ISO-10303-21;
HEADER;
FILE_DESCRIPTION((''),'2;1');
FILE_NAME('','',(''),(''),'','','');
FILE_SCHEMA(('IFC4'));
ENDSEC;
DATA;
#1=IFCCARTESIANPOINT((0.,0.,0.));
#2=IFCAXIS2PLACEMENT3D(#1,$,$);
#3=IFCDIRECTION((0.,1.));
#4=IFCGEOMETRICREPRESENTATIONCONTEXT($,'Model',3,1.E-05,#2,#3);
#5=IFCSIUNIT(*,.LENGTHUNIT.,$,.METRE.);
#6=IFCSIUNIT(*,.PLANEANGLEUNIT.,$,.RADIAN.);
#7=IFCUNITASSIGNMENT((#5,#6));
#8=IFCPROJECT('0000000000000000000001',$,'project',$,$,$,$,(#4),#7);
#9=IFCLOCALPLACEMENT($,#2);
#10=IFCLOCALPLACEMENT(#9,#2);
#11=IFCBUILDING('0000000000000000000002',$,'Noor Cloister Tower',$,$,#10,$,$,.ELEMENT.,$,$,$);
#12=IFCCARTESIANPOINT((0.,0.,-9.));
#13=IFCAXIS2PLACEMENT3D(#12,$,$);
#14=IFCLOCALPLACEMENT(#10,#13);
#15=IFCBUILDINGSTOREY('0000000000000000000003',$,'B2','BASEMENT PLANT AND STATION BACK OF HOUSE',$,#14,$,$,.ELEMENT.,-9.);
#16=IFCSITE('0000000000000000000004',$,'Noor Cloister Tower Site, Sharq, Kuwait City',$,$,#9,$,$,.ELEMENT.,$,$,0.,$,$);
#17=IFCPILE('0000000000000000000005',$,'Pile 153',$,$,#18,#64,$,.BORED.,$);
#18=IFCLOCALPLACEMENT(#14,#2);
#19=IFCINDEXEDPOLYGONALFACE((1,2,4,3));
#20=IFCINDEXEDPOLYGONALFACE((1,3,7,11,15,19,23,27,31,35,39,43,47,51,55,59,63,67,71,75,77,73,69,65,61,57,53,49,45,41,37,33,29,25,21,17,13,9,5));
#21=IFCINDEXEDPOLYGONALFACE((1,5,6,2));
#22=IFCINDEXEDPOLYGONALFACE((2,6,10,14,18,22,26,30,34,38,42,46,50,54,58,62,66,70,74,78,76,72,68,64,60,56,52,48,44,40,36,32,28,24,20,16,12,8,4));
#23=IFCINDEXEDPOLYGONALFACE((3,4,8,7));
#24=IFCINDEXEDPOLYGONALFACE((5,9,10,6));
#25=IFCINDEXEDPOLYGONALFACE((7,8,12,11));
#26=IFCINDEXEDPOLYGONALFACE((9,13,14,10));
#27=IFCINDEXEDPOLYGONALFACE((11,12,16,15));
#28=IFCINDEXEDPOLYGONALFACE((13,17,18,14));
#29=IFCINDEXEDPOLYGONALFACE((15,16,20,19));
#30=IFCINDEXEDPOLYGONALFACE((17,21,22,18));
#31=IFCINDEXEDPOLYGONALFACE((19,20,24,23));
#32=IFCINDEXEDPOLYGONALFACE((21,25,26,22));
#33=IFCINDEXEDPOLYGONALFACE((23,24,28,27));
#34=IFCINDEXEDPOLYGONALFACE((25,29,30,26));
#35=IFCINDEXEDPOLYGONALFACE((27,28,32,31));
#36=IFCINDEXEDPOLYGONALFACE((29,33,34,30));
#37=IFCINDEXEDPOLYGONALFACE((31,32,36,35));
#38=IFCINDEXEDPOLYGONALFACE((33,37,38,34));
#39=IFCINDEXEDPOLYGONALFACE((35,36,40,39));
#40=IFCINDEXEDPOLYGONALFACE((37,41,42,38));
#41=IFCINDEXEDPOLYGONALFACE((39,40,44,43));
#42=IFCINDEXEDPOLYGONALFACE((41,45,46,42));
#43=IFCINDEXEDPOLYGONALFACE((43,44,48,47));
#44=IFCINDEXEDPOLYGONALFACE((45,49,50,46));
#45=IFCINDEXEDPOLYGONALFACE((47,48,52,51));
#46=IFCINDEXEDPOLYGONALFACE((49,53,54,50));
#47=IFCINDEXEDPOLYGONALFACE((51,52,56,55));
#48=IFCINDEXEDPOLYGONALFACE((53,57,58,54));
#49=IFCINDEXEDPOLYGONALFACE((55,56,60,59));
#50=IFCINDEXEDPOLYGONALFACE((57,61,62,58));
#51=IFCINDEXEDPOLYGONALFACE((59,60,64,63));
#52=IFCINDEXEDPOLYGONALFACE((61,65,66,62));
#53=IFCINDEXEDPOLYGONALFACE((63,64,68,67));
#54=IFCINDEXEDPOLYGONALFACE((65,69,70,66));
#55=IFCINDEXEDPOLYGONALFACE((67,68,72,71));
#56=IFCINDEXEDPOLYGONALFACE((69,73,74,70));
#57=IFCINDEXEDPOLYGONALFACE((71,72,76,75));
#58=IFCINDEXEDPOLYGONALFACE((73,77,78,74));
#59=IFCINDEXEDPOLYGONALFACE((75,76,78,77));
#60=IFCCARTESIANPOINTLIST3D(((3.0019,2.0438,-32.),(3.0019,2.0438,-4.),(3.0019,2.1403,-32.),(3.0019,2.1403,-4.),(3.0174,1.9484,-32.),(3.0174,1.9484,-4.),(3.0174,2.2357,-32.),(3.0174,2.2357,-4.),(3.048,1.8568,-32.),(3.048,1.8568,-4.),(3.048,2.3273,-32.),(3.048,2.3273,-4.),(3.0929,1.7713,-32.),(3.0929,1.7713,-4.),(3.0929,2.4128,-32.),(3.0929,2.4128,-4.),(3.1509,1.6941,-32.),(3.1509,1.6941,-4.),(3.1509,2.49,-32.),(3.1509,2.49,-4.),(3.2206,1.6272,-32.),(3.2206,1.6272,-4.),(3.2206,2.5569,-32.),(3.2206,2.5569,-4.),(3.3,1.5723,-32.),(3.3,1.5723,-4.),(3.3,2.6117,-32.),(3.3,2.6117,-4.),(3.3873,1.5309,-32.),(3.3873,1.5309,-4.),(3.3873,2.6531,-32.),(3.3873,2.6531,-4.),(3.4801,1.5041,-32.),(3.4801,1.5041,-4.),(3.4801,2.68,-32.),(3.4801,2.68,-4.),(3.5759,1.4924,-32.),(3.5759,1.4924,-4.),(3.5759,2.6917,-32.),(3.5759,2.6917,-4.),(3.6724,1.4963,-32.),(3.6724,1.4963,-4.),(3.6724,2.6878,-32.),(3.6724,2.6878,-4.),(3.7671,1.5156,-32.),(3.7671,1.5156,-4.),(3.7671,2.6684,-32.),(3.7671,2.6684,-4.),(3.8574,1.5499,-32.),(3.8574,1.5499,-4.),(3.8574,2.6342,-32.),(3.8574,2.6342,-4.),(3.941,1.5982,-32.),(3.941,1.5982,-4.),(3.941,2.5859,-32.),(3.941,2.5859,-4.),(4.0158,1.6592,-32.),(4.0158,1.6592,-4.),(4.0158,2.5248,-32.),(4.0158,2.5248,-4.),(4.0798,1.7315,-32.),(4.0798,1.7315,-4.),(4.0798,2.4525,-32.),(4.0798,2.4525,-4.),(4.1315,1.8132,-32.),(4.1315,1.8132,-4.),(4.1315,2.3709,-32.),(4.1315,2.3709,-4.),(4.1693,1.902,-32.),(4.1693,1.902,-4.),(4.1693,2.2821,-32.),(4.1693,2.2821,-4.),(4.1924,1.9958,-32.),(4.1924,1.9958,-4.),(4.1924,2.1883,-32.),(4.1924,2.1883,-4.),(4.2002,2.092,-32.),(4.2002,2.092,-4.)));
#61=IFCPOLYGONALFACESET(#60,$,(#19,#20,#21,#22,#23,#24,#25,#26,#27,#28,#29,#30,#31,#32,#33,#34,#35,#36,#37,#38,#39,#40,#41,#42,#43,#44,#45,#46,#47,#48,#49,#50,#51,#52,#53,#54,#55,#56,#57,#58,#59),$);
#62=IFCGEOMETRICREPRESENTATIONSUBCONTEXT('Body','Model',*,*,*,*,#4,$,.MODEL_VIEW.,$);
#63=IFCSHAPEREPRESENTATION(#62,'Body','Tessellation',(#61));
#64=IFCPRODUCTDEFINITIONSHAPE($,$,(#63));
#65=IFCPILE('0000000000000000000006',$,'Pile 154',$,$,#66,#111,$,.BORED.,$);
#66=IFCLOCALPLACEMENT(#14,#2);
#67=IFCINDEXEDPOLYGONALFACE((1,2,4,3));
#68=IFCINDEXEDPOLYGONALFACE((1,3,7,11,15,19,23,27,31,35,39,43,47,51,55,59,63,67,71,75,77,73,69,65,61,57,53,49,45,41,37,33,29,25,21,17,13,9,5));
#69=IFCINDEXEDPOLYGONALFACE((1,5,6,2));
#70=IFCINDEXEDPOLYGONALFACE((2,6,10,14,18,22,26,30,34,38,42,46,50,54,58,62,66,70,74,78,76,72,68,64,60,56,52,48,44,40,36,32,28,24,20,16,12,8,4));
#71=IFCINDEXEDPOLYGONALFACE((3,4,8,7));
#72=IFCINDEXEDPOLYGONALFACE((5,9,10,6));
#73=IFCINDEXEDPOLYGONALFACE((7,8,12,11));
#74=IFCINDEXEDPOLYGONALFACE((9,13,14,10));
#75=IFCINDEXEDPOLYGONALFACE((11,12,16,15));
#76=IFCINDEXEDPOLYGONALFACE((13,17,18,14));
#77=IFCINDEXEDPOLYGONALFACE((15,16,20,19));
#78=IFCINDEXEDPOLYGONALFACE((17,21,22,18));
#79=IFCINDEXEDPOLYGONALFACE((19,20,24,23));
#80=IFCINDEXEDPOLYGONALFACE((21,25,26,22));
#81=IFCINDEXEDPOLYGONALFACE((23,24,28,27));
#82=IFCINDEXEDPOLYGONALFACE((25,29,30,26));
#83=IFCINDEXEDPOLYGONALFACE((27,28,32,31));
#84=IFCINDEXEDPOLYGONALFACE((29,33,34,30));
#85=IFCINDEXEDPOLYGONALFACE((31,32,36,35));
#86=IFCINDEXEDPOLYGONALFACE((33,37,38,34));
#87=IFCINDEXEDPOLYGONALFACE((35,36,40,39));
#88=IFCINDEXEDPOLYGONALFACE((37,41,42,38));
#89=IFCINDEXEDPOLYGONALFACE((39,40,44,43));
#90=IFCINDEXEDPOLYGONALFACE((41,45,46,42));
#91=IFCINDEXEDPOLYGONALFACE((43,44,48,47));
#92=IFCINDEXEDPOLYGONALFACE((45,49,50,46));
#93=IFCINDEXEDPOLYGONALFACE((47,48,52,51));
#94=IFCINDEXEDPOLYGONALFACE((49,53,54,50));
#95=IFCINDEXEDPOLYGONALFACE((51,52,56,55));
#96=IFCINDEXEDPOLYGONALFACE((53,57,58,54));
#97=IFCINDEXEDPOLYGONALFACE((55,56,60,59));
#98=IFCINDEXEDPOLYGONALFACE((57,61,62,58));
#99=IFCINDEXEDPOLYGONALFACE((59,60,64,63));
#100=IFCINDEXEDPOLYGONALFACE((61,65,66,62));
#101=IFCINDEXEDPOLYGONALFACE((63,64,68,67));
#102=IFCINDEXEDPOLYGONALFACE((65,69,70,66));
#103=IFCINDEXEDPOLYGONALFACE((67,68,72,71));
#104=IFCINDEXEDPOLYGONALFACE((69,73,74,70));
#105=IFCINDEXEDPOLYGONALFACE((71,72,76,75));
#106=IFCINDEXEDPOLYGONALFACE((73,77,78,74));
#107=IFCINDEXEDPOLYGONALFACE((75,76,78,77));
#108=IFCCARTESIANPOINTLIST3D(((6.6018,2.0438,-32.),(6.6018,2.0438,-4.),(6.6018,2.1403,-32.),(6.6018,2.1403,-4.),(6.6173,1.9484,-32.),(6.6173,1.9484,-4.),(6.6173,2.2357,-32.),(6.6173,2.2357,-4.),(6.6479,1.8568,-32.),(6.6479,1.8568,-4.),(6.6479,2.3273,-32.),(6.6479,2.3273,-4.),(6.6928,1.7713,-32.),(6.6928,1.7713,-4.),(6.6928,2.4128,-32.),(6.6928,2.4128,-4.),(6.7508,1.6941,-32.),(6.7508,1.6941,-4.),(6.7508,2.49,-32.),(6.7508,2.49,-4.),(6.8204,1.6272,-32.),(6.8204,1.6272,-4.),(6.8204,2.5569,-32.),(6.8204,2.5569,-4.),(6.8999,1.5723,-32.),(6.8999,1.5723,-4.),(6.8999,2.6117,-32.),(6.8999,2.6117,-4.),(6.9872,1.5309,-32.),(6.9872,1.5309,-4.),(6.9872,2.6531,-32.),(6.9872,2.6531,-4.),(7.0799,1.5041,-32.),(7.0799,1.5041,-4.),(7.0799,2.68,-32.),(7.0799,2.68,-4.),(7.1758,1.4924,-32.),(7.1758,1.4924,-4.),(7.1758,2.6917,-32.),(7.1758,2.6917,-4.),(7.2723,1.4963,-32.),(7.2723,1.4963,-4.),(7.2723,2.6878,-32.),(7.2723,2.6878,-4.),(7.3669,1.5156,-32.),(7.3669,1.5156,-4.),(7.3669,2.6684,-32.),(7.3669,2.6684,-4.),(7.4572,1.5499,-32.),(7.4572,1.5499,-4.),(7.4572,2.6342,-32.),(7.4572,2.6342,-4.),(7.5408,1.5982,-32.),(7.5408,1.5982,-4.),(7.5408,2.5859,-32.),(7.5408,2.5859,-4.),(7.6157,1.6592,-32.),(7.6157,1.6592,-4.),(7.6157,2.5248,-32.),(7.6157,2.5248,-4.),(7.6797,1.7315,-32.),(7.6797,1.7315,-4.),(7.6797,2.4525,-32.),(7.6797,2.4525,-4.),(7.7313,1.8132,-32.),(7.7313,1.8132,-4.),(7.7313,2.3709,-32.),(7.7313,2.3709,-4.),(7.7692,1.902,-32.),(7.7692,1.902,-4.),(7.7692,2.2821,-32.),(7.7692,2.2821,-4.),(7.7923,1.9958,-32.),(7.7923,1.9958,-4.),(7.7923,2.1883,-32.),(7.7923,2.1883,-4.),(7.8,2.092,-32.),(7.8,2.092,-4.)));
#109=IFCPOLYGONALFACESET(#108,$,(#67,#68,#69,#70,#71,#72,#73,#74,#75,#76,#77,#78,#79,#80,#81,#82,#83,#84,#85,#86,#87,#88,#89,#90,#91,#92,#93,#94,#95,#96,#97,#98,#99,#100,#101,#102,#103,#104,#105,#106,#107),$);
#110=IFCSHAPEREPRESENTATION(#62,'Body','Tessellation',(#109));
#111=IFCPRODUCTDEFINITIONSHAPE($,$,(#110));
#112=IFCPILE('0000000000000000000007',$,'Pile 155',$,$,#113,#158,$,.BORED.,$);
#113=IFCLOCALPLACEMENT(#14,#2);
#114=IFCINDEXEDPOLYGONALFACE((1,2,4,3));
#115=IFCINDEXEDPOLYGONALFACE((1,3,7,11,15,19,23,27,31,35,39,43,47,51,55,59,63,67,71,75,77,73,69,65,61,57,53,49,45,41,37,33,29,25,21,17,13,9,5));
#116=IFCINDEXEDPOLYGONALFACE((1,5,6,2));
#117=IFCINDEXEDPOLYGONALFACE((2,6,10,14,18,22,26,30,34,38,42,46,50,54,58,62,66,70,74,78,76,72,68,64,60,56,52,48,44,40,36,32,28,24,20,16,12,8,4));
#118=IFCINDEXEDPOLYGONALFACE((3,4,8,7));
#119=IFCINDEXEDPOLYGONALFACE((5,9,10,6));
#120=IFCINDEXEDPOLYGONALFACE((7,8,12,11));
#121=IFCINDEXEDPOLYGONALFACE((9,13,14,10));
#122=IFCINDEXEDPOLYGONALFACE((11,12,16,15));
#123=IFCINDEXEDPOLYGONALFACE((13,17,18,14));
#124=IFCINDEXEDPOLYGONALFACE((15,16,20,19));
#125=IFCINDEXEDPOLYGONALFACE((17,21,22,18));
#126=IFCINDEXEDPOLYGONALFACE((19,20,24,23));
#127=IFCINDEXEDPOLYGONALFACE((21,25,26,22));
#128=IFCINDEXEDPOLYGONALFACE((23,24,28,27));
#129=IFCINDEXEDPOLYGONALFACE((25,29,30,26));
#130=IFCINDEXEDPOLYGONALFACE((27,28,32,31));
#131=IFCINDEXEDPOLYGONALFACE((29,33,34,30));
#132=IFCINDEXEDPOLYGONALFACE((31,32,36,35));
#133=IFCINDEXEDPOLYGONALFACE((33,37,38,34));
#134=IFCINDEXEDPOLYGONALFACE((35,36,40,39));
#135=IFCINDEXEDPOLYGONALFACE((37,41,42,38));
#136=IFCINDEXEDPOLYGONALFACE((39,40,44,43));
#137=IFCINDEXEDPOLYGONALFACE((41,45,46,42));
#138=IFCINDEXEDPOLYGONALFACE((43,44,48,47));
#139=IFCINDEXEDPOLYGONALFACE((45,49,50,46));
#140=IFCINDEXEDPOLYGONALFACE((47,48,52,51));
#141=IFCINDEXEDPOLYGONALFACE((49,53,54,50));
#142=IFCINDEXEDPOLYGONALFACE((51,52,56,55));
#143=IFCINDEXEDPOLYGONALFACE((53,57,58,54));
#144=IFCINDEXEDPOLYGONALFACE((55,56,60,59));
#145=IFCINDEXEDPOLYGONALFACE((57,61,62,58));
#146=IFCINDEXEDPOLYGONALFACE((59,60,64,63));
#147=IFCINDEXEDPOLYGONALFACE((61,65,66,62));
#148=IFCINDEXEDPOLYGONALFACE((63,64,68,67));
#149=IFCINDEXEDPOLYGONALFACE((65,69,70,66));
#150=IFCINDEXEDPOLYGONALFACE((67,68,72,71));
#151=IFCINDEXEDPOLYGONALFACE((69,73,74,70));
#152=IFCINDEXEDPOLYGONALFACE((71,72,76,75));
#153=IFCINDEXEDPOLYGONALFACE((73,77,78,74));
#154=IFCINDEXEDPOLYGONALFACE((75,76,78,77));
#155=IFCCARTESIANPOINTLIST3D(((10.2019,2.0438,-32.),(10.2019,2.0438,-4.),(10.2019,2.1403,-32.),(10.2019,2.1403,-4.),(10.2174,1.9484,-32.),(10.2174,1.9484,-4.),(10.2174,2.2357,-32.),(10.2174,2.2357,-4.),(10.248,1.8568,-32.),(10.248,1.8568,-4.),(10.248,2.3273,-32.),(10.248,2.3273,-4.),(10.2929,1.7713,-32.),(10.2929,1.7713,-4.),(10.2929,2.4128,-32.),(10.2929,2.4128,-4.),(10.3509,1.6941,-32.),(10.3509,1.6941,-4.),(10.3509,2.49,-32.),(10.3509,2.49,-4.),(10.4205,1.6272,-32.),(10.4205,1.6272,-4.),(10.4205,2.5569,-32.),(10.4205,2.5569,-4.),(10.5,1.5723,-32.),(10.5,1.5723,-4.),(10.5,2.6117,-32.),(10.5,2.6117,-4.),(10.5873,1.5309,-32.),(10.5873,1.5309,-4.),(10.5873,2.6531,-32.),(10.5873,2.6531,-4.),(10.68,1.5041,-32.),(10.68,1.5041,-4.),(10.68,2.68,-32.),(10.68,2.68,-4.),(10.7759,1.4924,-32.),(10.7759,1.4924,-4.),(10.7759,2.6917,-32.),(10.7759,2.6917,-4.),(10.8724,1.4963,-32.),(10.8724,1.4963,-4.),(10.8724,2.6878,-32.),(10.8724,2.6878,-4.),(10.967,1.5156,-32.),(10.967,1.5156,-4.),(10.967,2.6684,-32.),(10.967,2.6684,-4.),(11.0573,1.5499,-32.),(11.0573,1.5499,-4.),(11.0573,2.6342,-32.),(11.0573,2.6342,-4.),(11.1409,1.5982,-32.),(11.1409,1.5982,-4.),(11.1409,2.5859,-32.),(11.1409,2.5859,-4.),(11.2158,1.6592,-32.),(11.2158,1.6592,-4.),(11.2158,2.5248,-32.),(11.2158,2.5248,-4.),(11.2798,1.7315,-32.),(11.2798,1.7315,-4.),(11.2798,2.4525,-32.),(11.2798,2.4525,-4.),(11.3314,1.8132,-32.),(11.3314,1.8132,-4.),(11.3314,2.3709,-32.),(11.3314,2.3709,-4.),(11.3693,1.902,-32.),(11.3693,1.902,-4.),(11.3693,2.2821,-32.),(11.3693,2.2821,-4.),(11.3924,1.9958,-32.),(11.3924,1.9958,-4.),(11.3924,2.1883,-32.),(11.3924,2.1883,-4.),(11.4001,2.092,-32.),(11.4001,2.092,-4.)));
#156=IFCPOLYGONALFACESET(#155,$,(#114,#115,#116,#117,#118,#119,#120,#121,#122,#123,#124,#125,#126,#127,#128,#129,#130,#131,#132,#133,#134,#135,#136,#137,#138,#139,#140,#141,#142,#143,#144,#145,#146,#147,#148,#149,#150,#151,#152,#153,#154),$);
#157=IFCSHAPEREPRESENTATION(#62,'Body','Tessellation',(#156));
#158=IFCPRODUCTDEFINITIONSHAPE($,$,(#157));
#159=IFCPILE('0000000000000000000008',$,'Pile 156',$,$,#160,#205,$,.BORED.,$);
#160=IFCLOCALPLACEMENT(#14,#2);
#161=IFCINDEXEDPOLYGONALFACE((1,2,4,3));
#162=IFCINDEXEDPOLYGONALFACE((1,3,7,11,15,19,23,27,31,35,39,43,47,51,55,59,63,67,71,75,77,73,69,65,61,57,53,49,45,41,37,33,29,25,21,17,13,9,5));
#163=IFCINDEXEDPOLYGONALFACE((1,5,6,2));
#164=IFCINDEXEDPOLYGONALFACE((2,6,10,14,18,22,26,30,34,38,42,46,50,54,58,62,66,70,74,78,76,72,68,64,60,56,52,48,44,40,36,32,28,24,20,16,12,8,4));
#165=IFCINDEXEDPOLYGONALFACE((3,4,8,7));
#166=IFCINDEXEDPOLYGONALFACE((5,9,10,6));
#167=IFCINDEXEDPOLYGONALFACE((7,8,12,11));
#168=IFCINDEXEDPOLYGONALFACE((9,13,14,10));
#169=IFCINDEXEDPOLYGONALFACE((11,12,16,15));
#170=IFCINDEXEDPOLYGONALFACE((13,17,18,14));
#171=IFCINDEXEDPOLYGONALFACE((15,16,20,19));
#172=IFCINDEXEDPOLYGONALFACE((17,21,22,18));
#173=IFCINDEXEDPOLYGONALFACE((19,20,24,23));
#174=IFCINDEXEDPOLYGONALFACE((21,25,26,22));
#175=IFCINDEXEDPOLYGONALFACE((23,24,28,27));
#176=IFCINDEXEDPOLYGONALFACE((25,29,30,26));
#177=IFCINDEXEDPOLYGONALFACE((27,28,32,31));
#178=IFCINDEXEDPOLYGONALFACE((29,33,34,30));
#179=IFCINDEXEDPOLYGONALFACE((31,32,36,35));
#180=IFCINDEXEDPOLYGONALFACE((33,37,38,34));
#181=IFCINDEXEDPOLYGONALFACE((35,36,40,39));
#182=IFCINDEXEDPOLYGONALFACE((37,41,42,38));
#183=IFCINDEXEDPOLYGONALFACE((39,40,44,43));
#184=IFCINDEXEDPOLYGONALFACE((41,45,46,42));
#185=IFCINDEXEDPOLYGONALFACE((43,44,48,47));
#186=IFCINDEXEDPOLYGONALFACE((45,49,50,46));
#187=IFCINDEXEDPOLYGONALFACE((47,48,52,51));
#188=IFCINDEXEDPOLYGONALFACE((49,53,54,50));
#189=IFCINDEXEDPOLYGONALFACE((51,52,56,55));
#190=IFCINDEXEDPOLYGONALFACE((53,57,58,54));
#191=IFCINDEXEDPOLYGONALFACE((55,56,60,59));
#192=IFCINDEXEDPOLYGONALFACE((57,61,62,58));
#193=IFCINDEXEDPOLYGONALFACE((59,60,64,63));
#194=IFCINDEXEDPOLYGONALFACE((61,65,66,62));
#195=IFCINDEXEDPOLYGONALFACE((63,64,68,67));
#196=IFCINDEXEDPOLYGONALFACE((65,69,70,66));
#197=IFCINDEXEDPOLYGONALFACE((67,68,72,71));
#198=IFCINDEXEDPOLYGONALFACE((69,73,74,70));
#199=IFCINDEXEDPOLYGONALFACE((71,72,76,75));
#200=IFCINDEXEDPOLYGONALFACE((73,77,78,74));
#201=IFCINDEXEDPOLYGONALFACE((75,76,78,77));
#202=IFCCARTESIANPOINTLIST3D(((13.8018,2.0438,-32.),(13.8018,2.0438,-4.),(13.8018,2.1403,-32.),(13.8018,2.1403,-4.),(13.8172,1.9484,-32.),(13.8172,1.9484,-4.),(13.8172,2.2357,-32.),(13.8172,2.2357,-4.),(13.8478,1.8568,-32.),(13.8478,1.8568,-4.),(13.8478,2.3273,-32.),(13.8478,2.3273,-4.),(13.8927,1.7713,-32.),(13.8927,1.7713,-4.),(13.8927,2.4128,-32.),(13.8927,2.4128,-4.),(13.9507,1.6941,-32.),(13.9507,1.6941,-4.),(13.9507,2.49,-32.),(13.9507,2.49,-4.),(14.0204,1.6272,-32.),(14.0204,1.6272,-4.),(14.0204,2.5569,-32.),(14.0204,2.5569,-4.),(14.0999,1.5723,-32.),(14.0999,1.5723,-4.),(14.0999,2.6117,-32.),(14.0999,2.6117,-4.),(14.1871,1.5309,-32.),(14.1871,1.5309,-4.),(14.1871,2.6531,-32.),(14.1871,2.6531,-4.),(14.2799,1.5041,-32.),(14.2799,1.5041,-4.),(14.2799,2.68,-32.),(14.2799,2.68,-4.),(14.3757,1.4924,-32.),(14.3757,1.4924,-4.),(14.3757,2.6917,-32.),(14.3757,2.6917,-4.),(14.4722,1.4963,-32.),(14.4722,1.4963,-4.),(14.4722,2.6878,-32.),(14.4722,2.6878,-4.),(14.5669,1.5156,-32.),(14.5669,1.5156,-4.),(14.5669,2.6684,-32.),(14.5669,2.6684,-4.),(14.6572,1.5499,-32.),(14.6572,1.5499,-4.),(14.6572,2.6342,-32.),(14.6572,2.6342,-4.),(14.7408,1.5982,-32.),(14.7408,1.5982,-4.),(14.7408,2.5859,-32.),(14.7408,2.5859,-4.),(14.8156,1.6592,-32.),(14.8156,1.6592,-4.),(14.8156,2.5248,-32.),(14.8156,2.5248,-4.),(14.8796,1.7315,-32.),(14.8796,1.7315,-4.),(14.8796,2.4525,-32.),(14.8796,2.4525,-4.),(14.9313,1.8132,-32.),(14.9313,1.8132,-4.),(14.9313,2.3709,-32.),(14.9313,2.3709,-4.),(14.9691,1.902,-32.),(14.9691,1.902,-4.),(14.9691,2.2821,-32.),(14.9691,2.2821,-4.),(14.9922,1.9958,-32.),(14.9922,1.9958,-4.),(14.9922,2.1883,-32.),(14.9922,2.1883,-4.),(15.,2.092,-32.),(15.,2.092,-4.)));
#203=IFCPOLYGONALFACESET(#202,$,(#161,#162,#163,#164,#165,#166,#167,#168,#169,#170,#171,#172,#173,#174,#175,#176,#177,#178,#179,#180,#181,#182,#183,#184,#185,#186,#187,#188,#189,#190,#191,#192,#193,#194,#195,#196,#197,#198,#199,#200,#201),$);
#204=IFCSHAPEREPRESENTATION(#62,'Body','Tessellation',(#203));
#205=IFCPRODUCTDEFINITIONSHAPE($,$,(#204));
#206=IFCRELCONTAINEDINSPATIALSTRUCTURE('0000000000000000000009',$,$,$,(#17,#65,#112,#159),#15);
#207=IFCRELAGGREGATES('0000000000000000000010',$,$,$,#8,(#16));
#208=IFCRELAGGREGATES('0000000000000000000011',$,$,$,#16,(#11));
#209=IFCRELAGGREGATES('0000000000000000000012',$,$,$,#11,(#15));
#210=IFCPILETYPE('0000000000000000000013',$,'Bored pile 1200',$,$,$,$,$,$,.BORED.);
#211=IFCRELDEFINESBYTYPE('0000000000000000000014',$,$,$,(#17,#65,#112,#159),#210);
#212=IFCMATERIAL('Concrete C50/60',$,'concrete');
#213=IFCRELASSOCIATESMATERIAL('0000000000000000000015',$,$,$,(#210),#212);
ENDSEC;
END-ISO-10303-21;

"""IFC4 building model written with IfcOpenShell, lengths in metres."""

from ifc_helpers import new_model, si_unit, direction, frame, origin, origin_2d, place, context, subcontext, project, spatial, circle, extrude, material, material_profile, profile_set, type_object, element, save


model = new_model("IFC4")

# Units and contexts
model_context = context("Model", 3, precision=1e-05, world=origin(), true_north=direction((0.0, 1.0)))
body_context = subcontext(model_context, "Body", "Model", "MODEL_VIEW")
ifc_project = project(units=[si_unit("LENGTHUNIT", "METRE"), si_unit("PLANEANGLEUNIT", "RADIAN")], contexts=[model_context])

# Site, building, storey
site_placement = place(None, origin())
site = spatial("IfcSite", under=ifc_project, at=site_placement, Name="Noor Cloister Tower Site, Sharq, Kuwait City", CompositionType="ELEMENT", RefElevation=0.0)
building_placement = place(site_placement, origin())
building = spatial("IfcBuilding", under=site, at=building_placement, Name="Noor Cloister Tower", CompositionType="ELEMENT")
storey_placement = place(building_placement, frame((0.0, 0.0, -9.0)))
storey = spatial("IfcBuildingStorey", under=building, at=storey_placement, Name="B2", Description="BASEMENT PLANT AND STATION BACK OF HOUSE", CompositionType="ELEMENT", Elevation=-9.0)

# Piles
ifc_material_1 = material(Name="Concrete C50/60", Category="concrete")
ifc_material_profile_1 = material_profile(ifc_material_1, circle(Radius=0.6001, at=origin_2d()), Name="Bored pile 1200")
ifc_profile_set_1 = profile_set([ifc_material_profile_1], Name="Concrete C50/60")
pile_type = type_object("IfcPileType", Name="Bored pile 1200", PredefinedType="BORED", material=ifc_profile_set_1)
for number, where, z_axis, x_axis, name in (
    (1, (3.6001, 2.092, -4.0), (0.0, 0.0, -1.0), (1.0, 0.0, 0.0), "Pile 153"),
    (2, (7.2, 2.092, -4.0), (0.0, 0.0, -1.0), (1.0, 0.0, 0.0), "Pile 154"),
    (3, (10.8, 2.092, -4.0), (0.0, 0.0, -1.0), (1.0, 0.0, 0.0), "Pile 155"),
    (4, (14.3999, 2.092, -4.0), (0.0, 0.0, -1.0), (1.0, 0.0, 0.0), "Pile 156"),
):
    element("IfcPile", number, at=place(storey_placement, frame(where, z_axis=z_axis, x_axis=x_axis)), inside=storey, type_object=pile_type, Name=name, PredefinedType="BORED", context=body_context, shape_type="SweptSolid", body=[
        extrude(circle(Radius=0.6001, at=origin_2d()), origin(), (0.0, 0.0, 1.0), 28.0),
    ])

save(model, "model.ifc")
